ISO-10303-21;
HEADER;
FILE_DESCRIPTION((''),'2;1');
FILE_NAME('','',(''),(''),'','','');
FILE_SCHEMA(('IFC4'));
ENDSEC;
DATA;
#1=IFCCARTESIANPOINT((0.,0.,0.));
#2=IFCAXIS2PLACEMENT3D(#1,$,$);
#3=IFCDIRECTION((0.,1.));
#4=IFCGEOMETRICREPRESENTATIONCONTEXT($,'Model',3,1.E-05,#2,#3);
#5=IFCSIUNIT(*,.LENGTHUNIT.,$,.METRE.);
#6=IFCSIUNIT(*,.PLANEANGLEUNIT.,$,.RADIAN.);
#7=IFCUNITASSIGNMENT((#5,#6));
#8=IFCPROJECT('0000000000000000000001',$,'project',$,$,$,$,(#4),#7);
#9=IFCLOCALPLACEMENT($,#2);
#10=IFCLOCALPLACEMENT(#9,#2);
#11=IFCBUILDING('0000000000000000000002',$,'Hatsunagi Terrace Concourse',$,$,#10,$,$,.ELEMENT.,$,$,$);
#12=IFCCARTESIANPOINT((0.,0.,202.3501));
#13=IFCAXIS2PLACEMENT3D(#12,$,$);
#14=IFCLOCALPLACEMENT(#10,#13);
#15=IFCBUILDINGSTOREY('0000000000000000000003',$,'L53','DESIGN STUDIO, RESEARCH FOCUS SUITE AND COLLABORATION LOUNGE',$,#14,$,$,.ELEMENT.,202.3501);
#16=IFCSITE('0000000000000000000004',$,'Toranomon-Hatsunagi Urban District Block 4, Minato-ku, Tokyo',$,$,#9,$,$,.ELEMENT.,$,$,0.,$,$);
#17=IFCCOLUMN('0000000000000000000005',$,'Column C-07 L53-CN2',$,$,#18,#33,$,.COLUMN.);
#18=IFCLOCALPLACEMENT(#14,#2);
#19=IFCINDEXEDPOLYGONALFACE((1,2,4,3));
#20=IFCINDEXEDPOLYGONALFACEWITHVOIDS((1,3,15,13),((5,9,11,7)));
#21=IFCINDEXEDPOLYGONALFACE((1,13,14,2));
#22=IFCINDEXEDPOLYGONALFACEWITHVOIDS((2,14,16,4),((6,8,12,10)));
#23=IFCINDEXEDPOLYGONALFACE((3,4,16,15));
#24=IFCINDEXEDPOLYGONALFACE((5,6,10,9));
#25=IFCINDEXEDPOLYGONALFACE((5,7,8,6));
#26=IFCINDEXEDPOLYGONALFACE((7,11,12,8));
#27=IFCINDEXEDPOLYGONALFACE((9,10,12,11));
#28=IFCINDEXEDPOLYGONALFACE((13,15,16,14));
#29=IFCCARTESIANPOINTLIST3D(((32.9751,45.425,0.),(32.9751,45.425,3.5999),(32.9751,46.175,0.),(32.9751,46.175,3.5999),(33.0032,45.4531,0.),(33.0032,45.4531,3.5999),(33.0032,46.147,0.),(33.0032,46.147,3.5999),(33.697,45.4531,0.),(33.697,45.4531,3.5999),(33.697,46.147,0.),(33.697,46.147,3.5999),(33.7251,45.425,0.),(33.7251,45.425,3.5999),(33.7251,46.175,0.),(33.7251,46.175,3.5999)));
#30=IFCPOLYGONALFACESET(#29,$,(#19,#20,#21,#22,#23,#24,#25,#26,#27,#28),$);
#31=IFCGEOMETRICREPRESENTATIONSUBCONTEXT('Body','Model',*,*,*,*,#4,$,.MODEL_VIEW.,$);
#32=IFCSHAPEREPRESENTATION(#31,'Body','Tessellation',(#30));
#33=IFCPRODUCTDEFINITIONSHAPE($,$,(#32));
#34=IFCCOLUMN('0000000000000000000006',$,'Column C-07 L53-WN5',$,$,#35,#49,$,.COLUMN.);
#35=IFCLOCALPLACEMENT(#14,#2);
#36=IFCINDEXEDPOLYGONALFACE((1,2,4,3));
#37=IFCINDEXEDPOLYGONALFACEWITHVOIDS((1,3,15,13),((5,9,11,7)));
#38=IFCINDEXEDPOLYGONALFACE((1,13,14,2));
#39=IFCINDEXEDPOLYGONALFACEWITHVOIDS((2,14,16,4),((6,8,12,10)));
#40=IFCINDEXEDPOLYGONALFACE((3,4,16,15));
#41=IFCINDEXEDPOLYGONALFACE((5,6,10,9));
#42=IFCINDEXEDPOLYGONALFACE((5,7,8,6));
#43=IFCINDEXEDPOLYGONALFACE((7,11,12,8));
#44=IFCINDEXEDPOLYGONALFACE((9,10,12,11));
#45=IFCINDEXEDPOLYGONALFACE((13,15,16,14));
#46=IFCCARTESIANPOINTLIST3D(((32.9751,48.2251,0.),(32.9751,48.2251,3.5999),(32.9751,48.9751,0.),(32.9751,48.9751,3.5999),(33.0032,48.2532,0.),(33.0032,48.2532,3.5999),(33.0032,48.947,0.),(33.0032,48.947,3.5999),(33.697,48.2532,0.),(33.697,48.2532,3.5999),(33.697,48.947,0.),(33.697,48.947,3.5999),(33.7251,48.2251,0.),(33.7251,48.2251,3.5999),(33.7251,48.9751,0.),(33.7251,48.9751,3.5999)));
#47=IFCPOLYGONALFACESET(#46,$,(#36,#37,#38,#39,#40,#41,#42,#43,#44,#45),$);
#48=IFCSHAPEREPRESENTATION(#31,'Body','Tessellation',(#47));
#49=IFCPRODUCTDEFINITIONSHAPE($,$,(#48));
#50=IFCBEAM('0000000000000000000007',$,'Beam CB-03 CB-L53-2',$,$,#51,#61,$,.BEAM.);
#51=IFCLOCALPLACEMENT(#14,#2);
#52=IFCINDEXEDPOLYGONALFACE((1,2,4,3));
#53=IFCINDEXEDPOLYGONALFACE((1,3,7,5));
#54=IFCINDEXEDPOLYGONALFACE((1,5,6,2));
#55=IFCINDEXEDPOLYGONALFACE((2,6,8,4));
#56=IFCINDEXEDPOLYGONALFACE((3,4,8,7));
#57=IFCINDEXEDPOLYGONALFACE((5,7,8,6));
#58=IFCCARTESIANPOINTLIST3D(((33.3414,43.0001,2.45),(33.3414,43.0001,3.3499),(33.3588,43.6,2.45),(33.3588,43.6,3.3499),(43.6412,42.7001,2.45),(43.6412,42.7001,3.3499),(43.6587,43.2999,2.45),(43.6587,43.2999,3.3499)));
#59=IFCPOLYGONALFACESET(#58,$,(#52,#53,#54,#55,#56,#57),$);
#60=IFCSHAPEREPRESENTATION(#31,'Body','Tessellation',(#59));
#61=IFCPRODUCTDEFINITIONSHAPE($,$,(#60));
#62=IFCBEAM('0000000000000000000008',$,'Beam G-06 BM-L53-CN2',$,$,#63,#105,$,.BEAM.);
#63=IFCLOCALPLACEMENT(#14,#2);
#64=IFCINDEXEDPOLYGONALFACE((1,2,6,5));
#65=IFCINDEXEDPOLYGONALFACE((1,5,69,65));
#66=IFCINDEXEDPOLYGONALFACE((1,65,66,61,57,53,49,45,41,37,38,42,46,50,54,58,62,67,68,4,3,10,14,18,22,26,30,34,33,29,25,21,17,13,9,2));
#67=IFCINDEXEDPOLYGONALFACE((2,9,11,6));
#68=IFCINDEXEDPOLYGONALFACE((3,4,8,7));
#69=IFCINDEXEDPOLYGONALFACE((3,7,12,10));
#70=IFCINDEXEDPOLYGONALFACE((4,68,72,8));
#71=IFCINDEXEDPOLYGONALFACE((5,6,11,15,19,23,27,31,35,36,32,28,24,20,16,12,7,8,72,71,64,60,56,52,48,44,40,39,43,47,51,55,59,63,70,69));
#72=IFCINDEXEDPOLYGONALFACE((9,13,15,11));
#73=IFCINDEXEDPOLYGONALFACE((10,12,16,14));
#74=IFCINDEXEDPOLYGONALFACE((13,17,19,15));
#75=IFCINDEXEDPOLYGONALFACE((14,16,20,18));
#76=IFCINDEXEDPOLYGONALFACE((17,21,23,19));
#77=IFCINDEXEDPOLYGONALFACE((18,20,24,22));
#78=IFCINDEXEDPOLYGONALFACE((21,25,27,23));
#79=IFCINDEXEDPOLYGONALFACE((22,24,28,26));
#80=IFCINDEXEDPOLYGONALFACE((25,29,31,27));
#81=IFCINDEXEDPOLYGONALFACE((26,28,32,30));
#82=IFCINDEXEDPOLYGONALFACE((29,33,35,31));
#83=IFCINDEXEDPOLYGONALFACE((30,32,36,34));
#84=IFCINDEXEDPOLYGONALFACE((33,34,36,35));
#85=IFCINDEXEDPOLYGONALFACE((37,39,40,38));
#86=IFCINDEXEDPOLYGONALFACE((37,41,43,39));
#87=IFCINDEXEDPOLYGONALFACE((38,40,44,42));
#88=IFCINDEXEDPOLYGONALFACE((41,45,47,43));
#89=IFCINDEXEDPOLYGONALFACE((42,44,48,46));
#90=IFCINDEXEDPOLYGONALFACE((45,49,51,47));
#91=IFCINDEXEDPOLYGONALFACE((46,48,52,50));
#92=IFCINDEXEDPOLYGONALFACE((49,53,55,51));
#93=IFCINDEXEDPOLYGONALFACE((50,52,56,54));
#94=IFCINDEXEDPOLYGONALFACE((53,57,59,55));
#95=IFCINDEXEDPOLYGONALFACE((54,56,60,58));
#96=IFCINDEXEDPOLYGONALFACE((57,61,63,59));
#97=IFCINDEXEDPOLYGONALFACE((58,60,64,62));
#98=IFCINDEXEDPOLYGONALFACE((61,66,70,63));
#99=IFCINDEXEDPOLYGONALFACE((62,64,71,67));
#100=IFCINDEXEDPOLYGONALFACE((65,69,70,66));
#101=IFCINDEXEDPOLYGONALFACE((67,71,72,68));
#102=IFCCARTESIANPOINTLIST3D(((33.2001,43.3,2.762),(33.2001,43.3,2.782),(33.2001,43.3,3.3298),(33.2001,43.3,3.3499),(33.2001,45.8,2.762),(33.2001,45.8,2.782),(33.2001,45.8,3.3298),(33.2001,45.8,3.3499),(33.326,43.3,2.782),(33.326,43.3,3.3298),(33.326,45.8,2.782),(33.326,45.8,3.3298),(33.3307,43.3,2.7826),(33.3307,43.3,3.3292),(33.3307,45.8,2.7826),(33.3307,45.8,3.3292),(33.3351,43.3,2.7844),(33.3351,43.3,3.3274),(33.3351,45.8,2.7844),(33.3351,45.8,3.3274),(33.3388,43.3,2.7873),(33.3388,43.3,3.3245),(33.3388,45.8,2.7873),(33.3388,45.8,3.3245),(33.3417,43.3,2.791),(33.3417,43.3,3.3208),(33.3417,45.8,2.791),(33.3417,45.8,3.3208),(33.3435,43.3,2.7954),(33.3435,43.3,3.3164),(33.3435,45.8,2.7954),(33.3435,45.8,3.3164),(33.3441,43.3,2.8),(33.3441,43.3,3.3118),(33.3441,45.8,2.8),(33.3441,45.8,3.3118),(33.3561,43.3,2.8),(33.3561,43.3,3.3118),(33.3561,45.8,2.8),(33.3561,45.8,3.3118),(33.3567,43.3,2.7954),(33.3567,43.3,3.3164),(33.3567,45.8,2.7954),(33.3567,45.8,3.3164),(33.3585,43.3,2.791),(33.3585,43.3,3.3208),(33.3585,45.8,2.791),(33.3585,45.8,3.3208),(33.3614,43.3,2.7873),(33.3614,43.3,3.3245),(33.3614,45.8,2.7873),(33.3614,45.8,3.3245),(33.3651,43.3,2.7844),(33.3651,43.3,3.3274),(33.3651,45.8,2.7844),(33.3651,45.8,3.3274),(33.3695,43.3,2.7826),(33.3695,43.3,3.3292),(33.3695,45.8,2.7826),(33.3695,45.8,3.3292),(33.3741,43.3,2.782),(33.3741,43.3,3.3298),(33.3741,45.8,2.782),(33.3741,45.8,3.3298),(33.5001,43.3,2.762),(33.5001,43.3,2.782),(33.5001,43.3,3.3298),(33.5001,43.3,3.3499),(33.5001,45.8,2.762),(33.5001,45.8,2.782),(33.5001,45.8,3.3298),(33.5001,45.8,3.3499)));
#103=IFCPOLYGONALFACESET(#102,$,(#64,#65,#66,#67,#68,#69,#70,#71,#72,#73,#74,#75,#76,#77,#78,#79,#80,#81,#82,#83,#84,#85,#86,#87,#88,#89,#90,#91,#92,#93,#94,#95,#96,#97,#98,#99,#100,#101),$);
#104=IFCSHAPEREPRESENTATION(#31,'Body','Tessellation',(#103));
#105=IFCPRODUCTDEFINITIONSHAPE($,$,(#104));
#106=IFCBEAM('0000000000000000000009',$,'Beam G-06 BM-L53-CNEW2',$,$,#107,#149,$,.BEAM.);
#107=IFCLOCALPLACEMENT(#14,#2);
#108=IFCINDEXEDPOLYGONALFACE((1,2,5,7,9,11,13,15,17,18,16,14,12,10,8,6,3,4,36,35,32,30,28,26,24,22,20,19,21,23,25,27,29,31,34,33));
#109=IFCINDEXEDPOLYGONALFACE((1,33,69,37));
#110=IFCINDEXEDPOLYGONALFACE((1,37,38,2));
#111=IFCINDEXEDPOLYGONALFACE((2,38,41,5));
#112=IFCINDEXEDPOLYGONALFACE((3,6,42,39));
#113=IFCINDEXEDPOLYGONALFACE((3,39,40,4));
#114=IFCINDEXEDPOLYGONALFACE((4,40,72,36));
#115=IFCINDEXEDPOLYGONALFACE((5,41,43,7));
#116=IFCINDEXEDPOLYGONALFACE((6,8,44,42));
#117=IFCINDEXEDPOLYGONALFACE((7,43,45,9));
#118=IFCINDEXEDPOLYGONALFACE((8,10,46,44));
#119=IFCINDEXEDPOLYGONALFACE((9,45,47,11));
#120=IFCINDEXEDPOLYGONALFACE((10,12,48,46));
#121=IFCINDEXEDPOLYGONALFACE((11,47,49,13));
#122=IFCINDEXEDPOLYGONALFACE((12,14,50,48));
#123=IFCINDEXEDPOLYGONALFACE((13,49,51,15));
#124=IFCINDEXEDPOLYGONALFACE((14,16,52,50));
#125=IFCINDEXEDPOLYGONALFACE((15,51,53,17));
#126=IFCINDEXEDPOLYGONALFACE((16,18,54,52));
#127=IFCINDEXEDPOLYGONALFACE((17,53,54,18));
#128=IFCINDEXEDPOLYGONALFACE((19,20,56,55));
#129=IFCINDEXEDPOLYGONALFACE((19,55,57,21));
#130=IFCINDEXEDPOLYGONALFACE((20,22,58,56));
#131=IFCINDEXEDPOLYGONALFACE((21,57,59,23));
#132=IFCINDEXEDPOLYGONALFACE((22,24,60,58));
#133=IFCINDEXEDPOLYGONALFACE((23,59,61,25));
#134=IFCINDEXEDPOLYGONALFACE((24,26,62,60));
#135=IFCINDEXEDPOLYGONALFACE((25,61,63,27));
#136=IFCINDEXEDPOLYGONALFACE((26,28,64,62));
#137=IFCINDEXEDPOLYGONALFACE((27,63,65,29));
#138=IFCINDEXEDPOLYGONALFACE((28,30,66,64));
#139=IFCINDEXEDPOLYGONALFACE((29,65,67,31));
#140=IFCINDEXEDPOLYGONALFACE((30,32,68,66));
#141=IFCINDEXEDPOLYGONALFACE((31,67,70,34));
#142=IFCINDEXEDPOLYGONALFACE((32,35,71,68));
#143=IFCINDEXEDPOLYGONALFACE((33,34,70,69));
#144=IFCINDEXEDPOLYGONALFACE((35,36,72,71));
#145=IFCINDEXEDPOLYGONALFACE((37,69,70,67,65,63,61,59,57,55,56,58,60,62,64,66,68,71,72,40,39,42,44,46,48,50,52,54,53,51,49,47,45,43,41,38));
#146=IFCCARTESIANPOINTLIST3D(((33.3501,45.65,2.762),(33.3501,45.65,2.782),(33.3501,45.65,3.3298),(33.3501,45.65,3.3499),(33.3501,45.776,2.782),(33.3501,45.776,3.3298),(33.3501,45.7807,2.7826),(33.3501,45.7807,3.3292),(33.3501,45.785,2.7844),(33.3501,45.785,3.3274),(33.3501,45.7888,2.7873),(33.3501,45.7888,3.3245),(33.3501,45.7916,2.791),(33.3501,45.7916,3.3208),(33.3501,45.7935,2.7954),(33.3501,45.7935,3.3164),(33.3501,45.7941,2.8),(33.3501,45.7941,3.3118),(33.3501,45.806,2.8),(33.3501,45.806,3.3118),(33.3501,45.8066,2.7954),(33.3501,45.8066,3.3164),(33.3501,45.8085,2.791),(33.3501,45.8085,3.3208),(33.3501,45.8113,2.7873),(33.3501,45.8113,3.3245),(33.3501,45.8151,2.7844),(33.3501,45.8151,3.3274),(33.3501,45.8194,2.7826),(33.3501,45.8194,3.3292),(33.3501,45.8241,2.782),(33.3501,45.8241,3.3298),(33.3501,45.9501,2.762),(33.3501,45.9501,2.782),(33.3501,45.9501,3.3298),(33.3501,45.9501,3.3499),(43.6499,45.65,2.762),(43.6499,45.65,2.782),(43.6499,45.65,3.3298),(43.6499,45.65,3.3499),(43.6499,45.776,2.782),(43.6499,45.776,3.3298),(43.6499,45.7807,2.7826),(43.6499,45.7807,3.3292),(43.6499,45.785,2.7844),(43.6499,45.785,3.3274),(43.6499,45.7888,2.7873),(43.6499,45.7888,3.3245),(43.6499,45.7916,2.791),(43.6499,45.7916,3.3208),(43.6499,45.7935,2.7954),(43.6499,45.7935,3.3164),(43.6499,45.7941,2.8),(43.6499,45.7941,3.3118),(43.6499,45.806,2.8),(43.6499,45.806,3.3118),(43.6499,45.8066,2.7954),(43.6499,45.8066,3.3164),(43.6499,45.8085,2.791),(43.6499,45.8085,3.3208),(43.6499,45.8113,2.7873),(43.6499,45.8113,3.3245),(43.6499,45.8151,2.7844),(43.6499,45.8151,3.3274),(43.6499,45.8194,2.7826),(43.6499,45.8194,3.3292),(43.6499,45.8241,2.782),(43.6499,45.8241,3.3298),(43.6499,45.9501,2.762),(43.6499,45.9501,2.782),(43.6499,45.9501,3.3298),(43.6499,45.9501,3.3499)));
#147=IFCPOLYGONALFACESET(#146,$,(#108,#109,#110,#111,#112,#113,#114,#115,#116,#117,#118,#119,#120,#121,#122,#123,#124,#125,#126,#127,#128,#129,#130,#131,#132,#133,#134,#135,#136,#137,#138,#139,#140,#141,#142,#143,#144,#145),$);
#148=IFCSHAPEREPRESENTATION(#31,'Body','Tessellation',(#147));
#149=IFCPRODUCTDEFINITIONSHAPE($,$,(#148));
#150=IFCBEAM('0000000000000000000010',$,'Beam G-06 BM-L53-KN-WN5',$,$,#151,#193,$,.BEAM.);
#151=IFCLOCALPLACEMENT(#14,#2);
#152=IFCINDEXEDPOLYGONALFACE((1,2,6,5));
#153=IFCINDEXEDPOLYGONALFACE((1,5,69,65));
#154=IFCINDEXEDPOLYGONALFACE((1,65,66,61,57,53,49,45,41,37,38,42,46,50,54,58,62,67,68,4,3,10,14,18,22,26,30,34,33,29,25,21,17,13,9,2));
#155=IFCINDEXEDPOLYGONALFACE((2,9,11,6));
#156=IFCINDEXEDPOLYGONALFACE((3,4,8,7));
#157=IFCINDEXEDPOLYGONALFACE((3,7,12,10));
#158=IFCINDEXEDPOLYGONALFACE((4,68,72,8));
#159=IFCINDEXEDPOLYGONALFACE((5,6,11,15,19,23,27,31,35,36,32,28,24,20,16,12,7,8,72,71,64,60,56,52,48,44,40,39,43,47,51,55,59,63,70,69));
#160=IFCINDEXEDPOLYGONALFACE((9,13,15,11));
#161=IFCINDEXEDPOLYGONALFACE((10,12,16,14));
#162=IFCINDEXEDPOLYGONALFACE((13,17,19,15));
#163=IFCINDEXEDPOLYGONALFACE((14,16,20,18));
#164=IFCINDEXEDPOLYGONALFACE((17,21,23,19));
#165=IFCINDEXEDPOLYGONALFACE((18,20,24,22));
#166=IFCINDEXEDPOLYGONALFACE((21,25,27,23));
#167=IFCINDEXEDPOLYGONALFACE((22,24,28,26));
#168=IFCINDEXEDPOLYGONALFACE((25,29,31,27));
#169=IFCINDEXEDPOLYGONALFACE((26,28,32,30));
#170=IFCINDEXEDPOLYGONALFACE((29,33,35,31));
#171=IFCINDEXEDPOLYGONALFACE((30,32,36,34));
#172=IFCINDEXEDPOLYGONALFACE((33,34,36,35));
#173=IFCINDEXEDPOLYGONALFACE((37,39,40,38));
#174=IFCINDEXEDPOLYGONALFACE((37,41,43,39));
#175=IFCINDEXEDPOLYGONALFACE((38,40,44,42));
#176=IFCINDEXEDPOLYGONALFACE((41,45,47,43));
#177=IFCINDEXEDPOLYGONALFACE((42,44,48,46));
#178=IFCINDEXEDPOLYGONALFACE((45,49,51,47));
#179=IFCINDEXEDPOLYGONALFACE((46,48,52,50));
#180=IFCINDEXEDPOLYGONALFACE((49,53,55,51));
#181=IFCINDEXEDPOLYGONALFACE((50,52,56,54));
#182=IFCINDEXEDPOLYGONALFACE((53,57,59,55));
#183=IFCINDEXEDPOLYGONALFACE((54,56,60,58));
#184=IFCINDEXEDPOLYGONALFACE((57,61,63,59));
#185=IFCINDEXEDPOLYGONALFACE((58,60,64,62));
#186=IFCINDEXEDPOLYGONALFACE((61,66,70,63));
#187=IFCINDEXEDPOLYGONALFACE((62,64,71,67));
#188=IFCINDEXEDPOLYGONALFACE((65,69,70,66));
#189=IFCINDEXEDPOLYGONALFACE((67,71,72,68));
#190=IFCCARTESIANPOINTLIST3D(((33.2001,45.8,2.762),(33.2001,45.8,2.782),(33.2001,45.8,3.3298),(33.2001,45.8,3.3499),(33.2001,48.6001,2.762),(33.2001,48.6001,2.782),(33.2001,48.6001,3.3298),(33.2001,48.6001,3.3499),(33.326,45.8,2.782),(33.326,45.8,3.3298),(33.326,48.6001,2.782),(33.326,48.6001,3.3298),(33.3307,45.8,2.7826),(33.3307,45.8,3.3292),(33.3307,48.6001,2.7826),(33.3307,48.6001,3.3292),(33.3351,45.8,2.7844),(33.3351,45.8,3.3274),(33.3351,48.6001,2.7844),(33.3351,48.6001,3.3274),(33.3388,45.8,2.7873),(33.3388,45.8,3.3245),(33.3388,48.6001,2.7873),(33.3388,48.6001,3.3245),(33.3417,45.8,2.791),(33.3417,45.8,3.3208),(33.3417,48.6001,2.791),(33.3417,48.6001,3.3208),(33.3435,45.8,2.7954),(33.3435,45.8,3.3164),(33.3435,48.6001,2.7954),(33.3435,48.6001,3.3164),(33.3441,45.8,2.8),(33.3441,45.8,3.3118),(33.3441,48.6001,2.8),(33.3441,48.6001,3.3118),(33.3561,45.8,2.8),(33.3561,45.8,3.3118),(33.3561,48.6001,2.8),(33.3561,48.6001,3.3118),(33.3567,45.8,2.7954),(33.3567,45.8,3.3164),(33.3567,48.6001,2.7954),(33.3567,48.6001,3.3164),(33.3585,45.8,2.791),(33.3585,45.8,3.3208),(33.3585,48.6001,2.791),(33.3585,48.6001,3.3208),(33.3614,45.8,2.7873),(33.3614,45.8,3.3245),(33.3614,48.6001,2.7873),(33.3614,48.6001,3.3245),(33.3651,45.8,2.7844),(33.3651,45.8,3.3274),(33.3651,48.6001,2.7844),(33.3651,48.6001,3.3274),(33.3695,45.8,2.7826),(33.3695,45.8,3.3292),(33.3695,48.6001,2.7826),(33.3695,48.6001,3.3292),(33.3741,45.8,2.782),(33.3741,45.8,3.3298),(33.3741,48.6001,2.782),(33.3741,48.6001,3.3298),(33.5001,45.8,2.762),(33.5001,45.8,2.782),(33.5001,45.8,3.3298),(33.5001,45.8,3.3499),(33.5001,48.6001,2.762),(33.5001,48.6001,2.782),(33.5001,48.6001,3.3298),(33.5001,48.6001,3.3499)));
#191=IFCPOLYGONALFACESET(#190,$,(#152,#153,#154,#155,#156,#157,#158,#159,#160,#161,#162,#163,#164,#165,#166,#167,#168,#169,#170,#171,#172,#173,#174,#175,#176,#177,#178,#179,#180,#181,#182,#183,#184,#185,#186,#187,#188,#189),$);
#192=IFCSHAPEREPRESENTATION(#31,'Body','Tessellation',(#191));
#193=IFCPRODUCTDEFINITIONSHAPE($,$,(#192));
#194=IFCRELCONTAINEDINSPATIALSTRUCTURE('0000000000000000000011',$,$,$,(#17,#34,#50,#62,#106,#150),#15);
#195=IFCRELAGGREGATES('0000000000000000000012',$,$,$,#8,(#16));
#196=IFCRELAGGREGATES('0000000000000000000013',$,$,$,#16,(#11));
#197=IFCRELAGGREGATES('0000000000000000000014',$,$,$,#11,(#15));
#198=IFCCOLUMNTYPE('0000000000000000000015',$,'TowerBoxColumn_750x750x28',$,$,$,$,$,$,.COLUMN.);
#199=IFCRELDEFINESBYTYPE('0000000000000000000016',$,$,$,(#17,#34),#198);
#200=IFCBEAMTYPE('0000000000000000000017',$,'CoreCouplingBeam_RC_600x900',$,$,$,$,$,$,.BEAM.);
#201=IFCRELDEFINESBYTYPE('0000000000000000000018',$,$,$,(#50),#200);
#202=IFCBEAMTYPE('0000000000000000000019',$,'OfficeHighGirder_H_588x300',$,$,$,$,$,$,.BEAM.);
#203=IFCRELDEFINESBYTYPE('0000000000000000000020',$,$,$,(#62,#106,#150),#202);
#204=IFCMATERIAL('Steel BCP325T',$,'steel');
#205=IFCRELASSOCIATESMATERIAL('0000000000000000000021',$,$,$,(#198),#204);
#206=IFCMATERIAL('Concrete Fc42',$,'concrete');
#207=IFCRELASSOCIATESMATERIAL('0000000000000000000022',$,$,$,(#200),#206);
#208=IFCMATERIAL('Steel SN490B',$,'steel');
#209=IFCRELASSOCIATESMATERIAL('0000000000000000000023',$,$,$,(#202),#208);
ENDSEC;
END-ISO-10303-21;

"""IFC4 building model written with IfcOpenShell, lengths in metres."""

from ifc_helpers import new_model, si_unit, direction, frame, origin, origin_2d, place, context, subcontext, project, spatial, rectangle, hollow_rectangle, i_section, extrude, material, material_profile, profile_set, type_object, element, save


model = new_model("IFC4")

# Units and contexts
model_context = context("Model", 3, precision=1e-05, world=origin(), true_north=direction((0.0, 1.0)))
body_context = subcontext(model_context, "Body", "Model", "MODEL_VIEW")
ifc_project = project(units=[si_unit("LENGTHUNIT", "METRE"), si_unit("PLANEANGLEUNIT", "RADIAN")], contexts=[model_context])

# Site, building, storey
site_placement = place(None, origin())
site = spatial("IfcSite", under=ifc_project, at=site_placement, Name="Toranomon-Hatsunagi Urban District Block 4, Minato-ku, Tokyo", CompositionType="ELEMENT", RefElevation=0.0)
building_placement = place(site_placement, origin())
building = spatial("IfcBuilding", under=site, at=building_placement, Name="Hatsunagi Terrace Concourse", CompositionType="ELEMENT")
storey_placement = place(building_placement, frame((0.0, 0.0, 202.3501)))
storey = spatial("IfcBuildingStorey", under=building, at=storey_placement, Name="L53", Description="DESIGN STUDIO, RESEARCH FOCUS SUITE AND COLLABORATION LOUNGE", CompositionType="ELEMENT", Elevation=202.3501)

# Columns
ifc_material_1 = material(Name="Steel BCP325T", Category="steel")
ifc_material_profile_1 = material_profile(ifc_material_1, hollow_rectangle(XDim=0.75, YDim=0.75, WallThickness=0.0281, at=origin_2d()), Name="BCP-750x750x28")
ifc_profile_set_1 = profile_set([ifc_material_profile_1], Name="Steel BCP325T")
column_type = type_object("IfcColumnType", Name="TowerBoxColumn_750x750x28", PredefinedType="COLUMN", material=ifc_profile_set_1)
for number, where, z_axis, x_axis, name in (
    (1, (33.3501, 45.8, 0.0), (0.0, 0.0, 1.0), (1.0, 0.0, 0.0), "Column C-07 L53-CN2"),
    (2, (33.3501, 48.6001, 0.0), (0.0, 0.0, 1.0), (1.0, 0.0, 0.0), "Column C-07 L53-WN5"),
):
    element("IfcColumn", number, at=place(storey_placement, frame(where, z_axis=z_axis, x_axis=x_axis)), inside=storey, type_object=column_type, Name=name, PredefinedType="COLUMN", context=body_context, shape_type="SweptSolid", body=[
        extrude(hollow_rectangle(XDim=0.75, YDim=0.75, WallThickness=0.0281, at=origin_2d()), origin(), (0.0, 0.0, 1.0), 3.5999),
    ])

# Beams
ifc_material_2 = material(Name="Concrete Fc42", Category="concrete")
ifc_material_profile_2 = material_profile(ifc_material_2, rectangle(XDim=0.6001, YDim=0.8999, at=origin_2d()), Name="RC-600x900")
ifc_profile_set_2 = profile_set([ifc_material_profile_2], Name="Concrete Fc42")
beam_type_1 = type_object("IfcBeamType", Name="CoreCouplingBeam_RC_600x900", PredefinedType="BEAM", material=ifc_profile_set_2)
beam_1_placement = place(storey_placement, frame((33.3501, 43.3, 2.8999), z_axis=(0.999576, -0.029119, 0.0), x_axis=(0.029119, 0.999576, 0.0)))
element("IfcBeam", 3, at=beam_1_placement, inside=storey, type_object=beam_type_1, Name="Beam CB-03 CB-L53-2", PredefinedType="BEAM", context=body_context, shape_type="SweptSolid", body=[
    extrude(rectangle(XDim=0.6001, YDim=0.8999, at=origin_2d()), origin(), (0.0, 0.0, 1.0), 10.3042),
])
ifc_material_3 = material(Name="Steel SN490B", Category="steel")
ifc_material_profile_3 = material_profile(ifc_material_3, i_section(OverallWidth=0.3, OverallDepth=0.5879, WebThickness=0.012, FlangeThickness=0.02, FilletRadius=0.0181, at=origin_2d()), Name="H-588x300x12x20")
ifc_profile_set_3 = profile_set([ifc_material_profile_3], Name="Steel SN490B")
beam_type_2 = type_object("IfcBeamType", Name="OfficeHighGirder_H_588x300", PredefinedType="BEAM", material=ifc_profile_set_3)
beam_2_placement = place(storey_placement, frame((33.3501, 43.3, 3.0559), z_axis=(0.0, 1.0, 0.0), x_axis=(-1.0, 0.0, 0.0)))
element("IfcBeam", 4, at=beam_2_placement, inside=storey, type_object=beam_type_2, Name="Beam G-06 BM-L53-CN2", PredefinedType="BEAM", context=body_context, shape_type="SweptSolid", body=[
    extrude(i_section(OverallWidth=0.3, OverallDepth=0.5879, WebThickness=0.012, FlangeThickness=0.02, FilletRadius=0.0181, at=origin_2d()), origin(), (0.0, 0.0, 1.0), 2.5),
])
beam_3_placement = place(storey_placement, frame((33.3501, 45.8, 3.0559), z_axis=(1.0, 0.0, 0.0), x_axis=(0.0, 1.0, 0.0)))
element("IfcBeam", 5, at=beam_3_placement, inside=storey, type_object=beam_type_2, Name="Beam G-06 BM-L53-CNEW2", PredefinedType="BEAM", context=body_context, shape_type="SweptSolid", body=[
    extrude(i_section(OverallWidth=0.3, OverallDepth=0.5879, WebThickness=0.012, FlangeThickness=0.02, FilletRadius=0.0181, at=origin_2d()), origin(), (0.0, 0.0, 1.0), 10.2998),
])
beam_4_placement = place(storey_placement, frame((33.3501, 45.8, 3.0559), z_axis=(0.0, 1.0, 0.0), x_axis=(-1.0, 0.0, 0.0)))
element("IfcBeam", 6, at=beam_4_placement, inside=storey, type_object=beam_type_2, Name="Beam G-06 BM-L53-KN-WN5", PredefinedType="BEAM", context=body_context, shape_type="SweptSolid", body=[
    extrude(i_section(OverallWidth=0.3, OverallDepth=0.5879, WebThickness=0.012, FlangeThickness=0.02, FilletRadius=0.0181, at=origin_2d()), origin(), (0.0, 0.0, 1.0), 2.8),
])

save(model, "model.ifc")
